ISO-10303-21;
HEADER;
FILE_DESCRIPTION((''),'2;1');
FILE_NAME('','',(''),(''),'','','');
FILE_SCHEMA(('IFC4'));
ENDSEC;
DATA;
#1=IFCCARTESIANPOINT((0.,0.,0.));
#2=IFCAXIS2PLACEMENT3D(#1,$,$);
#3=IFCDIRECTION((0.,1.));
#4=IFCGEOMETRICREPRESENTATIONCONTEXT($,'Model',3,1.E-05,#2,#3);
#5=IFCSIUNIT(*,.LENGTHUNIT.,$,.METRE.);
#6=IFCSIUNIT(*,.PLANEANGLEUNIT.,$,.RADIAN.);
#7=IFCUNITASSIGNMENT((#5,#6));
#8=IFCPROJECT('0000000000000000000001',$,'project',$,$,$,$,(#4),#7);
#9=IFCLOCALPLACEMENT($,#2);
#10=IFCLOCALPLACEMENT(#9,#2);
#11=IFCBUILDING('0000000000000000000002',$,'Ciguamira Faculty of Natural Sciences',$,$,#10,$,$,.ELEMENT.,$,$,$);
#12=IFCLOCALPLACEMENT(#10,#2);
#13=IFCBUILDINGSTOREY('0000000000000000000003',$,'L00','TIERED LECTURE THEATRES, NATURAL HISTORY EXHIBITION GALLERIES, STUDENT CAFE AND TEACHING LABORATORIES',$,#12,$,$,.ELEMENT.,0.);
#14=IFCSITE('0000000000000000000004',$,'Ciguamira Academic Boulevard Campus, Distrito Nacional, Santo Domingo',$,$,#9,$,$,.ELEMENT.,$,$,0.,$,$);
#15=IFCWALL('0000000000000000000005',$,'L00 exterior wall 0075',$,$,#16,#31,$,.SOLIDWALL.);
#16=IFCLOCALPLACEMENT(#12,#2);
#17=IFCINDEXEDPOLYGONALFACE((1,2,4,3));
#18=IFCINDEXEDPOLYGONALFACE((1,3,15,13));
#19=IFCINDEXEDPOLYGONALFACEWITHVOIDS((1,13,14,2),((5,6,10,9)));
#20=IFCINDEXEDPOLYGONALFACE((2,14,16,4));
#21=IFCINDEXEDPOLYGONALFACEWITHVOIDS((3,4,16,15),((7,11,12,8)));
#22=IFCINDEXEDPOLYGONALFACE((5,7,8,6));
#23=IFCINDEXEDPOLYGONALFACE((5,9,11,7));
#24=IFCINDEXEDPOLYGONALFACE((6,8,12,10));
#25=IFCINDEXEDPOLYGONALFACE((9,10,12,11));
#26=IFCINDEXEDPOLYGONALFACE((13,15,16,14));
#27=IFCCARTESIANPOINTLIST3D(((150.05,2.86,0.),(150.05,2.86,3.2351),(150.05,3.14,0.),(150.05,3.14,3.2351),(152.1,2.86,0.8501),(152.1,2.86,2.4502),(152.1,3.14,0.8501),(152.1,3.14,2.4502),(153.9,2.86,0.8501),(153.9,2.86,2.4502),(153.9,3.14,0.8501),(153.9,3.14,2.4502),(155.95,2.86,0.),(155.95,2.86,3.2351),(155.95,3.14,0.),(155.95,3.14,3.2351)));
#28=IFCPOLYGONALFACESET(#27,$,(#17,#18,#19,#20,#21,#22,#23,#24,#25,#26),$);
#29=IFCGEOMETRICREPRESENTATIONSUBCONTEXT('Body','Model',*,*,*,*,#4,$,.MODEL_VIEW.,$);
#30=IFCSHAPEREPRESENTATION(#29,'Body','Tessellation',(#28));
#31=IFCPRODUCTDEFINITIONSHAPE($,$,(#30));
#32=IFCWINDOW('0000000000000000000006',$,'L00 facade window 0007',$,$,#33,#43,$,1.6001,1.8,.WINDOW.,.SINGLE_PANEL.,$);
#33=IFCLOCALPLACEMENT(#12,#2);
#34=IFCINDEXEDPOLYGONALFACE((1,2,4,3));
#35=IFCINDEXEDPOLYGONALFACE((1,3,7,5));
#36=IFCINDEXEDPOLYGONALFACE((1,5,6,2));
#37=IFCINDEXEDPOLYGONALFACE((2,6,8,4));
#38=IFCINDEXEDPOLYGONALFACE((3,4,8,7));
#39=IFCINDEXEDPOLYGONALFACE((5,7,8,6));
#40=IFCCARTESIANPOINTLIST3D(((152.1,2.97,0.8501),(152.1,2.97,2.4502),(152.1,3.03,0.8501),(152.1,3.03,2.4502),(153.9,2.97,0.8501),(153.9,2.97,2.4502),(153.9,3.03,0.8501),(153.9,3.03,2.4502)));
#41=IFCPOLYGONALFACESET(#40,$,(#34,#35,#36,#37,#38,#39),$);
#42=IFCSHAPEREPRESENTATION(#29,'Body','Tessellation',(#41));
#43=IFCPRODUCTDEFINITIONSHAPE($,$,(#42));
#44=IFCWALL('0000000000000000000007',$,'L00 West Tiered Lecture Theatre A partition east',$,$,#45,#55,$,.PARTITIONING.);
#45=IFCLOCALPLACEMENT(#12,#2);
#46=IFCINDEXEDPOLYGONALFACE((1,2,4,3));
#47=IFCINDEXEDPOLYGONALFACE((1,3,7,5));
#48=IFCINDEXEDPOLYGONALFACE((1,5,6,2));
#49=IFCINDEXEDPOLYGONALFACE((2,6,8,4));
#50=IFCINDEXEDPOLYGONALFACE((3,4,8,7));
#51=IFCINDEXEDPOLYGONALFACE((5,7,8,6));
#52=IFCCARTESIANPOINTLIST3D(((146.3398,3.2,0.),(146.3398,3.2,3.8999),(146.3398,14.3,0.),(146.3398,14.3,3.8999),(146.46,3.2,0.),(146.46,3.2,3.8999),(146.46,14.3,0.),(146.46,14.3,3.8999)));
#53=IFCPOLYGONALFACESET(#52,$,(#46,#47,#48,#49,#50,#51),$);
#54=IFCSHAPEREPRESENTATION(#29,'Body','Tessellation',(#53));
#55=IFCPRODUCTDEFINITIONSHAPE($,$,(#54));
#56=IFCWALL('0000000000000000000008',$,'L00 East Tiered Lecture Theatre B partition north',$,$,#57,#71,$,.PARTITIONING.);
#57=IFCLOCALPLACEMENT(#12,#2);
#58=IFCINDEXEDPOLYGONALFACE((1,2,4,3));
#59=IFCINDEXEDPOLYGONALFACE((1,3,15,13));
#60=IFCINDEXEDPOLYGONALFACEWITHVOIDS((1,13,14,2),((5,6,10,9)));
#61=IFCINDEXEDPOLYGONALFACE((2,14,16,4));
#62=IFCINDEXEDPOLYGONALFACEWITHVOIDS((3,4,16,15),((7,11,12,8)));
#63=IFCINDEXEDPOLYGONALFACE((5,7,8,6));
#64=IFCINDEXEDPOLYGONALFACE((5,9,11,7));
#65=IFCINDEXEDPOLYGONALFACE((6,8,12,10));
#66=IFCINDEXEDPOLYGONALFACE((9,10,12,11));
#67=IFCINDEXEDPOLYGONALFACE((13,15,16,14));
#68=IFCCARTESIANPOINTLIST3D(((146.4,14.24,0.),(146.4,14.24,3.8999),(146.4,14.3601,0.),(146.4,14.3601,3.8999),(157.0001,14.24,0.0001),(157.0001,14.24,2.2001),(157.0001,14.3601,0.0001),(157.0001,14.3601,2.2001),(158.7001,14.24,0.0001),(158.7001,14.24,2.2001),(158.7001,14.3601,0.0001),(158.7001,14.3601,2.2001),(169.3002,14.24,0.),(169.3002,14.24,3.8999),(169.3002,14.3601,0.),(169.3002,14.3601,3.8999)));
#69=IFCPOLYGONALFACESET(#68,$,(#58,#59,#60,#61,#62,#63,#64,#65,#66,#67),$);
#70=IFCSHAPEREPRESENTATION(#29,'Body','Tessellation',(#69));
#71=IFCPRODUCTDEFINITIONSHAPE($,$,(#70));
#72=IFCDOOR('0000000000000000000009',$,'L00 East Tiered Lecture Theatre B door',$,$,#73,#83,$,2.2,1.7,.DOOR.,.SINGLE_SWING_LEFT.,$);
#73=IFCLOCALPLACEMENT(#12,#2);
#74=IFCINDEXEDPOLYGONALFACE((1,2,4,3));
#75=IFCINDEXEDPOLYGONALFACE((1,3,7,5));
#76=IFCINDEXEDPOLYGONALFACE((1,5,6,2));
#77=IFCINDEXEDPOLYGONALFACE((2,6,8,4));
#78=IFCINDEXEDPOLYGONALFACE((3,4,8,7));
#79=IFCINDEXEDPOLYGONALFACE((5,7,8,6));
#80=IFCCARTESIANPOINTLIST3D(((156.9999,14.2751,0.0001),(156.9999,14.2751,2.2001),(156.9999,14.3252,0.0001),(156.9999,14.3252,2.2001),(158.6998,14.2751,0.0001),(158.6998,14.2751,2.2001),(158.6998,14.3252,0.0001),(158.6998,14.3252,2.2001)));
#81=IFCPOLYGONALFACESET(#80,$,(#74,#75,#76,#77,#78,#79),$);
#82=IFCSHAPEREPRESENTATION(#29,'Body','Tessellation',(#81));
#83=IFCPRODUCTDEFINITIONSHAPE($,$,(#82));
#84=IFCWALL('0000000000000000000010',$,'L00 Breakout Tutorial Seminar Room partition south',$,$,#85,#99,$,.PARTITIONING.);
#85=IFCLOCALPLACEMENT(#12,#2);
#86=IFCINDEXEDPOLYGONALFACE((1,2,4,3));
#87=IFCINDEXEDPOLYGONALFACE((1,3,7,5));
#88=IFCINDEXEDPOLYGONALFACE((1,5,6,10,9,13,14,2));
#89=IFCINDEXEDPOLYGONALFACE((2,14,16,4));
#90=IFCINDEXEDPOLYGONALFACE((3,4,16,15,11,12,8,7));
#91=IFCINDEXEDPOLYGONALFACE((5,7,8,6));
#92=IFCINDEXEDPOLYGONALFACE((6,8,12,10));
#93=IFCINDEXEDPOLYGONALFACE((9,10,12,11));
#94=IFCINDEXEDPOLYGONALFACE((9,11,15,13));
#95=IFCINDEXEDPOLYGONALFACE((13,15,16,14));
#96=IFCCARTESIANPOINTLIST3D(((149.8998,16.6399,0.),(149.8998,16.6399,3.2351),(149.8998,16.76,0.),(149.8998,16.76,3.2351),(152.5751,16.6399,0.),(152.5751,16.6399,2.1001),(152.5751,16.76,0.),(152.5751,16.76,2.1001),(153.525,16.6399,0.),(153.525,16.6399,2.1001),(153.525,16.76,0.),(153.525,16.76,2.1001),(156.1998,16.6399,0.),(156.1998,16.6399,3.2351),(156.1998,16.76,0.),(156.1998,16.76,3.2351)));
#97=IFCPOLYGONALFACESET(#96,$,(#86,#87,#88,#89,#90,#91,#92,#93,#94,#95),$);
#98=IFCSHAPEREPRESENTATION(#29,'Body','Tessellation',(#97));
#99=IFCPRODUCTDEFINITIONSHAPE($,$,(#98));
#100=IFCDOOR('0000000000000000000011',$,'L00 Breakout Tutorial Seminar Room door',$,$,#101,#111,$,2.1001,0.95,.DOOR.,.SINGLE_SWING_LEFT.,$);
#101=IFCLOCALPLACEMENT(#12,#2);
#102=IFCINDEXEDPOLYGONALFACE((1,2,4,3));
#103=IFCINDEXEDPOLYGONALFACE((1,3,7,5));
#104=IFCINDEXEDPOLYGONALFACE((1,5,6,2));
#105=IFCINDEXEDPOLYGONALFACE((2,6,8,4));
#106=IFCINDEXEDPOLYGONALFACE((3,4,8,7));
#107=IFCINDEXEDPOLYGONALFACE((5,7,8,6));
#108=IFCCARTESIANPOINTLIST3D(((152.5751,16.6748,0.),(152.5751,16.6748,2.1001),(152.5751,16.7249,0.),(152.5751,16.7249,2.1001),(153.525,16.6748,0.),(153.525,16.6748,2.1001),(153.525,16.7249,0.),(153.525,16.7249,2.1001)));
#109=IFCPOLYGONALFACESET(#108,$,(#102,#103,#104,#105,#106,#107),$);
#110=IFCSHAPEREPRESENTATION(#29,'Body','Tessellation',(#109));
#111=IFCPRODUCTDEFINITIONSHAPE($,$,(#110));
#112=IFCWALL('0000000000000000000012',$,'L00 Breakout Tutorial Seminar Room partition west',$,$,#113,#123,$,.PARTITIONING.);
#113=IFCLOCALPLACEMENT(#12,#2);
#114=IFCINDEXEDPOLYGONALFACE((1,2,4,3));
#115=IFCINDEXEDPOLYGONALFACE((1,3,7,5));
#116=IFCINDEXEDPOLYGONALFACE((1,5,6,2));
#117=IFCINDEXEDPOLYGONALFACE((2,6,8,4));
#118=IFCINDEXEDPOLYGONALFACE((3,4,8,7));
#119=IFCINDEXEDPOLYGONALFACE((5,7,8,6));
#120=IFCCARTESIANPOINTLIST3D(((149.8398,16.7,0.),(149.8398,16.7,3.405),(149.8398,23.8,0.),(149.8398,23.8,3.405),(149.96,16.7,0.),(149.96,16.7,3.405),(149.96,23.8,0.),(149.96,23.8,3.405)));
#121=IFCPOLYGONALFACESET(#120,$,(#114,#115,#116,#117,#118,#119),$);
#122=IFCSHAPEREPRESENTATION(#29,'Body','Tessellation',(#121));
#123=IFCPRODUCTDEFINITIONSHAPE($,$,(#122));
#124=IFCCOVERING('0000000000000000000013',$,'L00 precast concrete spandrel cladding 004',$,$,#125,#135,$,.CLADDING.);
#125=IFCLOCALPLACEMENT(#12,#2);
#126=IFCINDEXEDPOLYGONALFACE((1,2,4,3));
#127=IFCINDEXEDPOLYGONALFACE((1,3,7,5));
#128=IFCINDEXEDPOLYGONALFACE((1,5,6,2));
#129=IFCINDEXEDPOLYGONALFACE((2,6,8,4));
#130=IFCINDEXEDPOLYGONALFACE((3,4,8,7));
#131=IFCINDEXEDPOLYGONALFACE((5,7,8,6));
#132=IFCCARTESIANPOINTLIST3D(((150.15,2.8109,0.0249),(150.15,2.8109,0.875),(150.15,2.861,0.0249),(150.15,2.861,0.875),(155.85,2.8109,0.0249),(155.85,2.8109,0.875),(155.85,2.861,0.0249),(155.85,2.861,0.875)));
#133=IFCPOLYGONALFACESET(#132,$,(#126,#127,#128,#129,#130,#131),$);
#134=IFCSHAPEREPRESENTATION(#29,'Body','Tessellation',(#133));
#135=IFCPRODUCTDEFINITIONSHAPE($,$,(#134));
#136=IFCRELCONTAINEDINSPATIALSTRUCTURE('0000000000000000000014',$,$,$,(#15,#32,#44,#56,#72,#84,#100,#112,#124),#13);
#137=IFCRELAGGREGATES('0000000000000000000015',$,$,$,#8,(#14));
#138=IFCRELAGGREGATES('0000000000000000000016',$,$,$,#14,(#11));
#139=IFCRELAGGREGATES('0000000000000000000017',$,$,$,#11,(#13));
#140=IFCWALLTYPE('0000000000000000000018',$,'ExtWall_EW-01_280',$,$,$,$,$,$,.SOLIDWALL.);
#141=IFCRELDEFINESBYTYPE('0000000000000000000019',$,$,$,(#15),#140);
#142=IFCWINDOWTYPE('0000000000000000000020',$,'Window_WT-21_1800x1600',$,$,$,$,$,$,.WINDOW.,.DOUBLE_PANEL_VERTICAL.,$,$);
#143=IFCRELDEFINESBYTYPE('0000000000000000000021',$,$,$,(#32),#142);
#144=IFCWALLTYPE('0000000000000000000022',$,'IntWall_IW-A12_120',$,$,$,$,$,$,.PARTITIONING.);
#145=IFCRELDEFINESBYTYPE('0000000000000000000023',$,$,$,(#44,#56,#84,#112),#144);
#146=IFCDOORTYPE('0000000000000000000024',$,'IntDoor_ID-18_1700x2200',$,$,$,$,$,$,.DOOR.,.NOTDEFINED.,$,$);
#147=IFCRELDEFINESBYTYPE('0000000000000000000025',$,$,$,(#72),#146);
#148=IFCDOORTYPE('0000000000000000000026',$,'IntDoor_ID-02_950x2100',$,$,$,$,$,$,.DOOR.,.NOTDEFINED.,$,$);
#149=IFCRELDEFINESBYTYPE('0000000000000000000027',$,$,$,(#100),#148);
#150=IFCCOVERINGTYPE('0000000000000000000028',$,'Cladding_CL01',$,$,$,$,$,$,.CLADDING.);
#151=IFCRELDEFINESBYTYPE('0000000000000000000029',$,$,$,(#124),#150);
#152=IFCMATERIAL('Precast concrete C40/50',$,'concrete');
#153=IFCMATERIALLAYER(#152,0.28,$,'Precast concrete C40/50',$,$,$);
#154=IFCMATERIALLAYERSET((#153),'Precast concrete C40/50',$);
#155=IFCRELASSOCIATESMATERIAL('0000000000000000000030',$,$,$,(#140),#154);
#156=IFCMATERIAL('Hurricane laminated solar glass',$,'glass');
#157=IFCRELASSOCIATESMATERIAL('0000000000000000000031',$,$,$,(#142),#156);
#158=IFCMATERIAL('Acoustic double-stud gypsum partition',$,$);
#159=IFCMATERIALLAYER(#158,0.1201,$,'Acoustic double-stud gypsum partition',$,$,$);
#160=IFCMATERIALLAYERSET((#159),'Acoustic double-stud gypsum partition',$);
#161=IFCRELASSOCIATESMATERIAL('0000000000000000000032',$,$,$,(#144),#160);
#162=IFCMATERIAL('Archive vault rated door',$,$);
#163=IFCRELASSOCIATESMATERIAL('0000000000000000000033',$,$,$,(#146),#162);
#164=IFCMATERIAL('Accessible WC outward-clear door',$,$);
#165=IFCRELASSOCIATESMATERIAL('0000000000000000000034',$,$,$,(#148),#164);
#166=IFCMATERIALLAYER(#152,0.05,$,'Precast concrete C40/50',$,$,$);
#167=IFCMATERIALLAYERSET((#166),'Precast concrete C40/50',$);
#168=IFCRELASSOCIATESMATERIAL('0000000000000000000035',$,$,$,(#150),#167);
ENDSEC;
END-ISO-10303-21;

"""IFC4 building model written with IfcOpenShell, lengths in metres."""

from ifc_helpers import new_model, si_unit, direction, frame, frame_2d, origin, origin_2d, place, context, subcontext, project, spatial, rectangle, extrude, material, layer, layer_set, type_object, element, fill, save


model = new_model("IFC4")

# Units and contexts
model_context = context("Model", 3, precision=1e-05, world=origin(), true_north=direction((0.0, 1.0)))
body_context = subcontext(model_context, "Body", "Model", "MODEL_VIEW")
ifc_project = project(units=[si_unit("LENGTHUNIT", "METRE"), si_unit("PLANEANGLEUNIT", "RADIAN")], contexts=[model_context])

# Site, building, storey
site_placement = place(None, origin())
site = spatial("IfcSite", under=ifc_project, at=site_placement, Name="Ciguamira Academic Boulevard Campus, Distrito Nacional, Santo Domingo", CompositionType="ELEMENT", RefElevation=0.0)
building_placement = place(site_placement, origin())
building = spatial("IfcBuilding", under=site, at=building_placement, Name="Ciguamira Faculty of Natural Sciences", CompositionType="ELEMENT")
storey_placement = place(building_placement, origin())
storey = spatial("IfcBuildingStorey", under=building, at=storey_placement, Name="L00", Description="TIERED LECTURE THEATRES, NATURAL HISTORY EXHIBITION GALLERIES, STUDENT CAFE AND TEACHING LABORATORIES", CompositionType="ELEMENT", Elevation=0.0)

# Wall, opening, window
ifc_material_1 = material(Name="Precast concrete C40/50", Category="concrete")
ifc_layer_1 = layer(ifc_material_1, 0.28, Name="Precast concrete C40/50")
ifc_layer_set_1 = layer_set([ifc_layer_1], Name="Precast concrete C40/50")
wall_type_1 = type_object("IfcWallType", Name="ExtWall_EW-01_280", PredefinedType="SOLIDWALL", material=ifc_layer_set_1)
ifc_material_2 = material(Name="Hurricane laminated solar glass", Category="glass")
wall_1_placement = place(storey_placement, frame((150.05, 3.0, 0.0), z_axis=(0.0, 0.0, 1.0), x_axis=(1.0, 0.0, 0.0)))
wall_1 = element("IfcWall", 1, at=wall_1_placement, inside=storey, type_object=wall_type_1, Name="L00 exterior wall 0075", PredefinedType="SOLIDWALL", context=body_context, shape_type="SweptSolid", body=[
    extrude(rectangle(XDim=5.8999, YDim=0.28, at=frame_2d((2.95, 0.0))), origin(), (0.0, 0.0, 1.0), 3.2351),
])
opening_1_placement = place(wall_1_placement, frame((2.05, 0.0, 0.8501)))
opening_1 = element("IfcOpeningElement", 2, at=opening_1_placement, cuts=wall_1, PredefinedType="OPENING", context=body_context, shape_type="SweptSolid", body=[
    extrude(rectangle(XDim=1.8, YDim=1.6001, at=frame_2d((0.8999, 0.8))), frame((0.0, 0.1499, 0.0), z_axis=(0.0, -1.0, 0.0), x_axis=(1.0, 0.0, 0.0)), (0.0, 0.0, 1.0), 0.3),
])
window_type_1 = type_object("IfcWindowType", Name="Window_WT-21_1800x1600", PartitioningType="DOUBLE_PANEL_VERTICAL", PredefinedType="WINDOW", material=ifc_material_2)
window_1_placement = place(opening_1_placement, origin())
window_1 = element("IfcWindow", 3, at=window_1_placement, inside=storey, type_object=window_type_1, Name="L00 facade window 0007", OverallHeight=1.6001, OverallWidth=1.8, PartitioningType="SINGLE_PANEL", PredefinedType="WINDOW", context=body_context, shape_type="SweptSolid", body=[
    extrude(rectangle(XDim=1.8, YDim=1.6001, at=frame_2d((0.8999, 0.8))), frame((0.0, 0.03, 0.0), z_axis=(0.0, -1.0, 0.0), x_axis=(1.0, 0.0, 0.0)), (0.0, 0.0, 1.0), 0.0601),
])
fill(opening_1, window_1)

# Wall
ifc_material_3 = material(Name="Acoustic double-stud gypsum partition")
ifc_layer_2 = layer(ifc_material_3, 0.1201, Name="Acoustic double-stud gypsum partition")
ifc_layer_set_2 = layer_set([ifc_layer_2], Name="Acoustic double-stud gypsum partition")
wall_type_2 = type_object("IfcWallType", Name="IntWall_IW-A12_120", PredefinedType="PARTITIONING", material=ifc_layer_set_2)
wall_2_placement = place(storey_placement, frame((146.3999, 3.2, 0.0), z_axis=(0.0, 0.0, 1.0), x_axis=(0.0, 1.0, 0.0)))
element("IfcWall", 4, at=wall_2_placement, inside=storey, type_object=wall_type_2, Name="L00 West Tiered Lecture Theatre A partition east", PredefinedType="PARTITIONING", context=body_context, shape_type="SweptSolid", body=[
    extrude(rectangle(XDim=11.1001, YDim=0.1201, at=frame_2d((5.55, 0.0))), origin(), (0.0, 0.0, 1.0), 3.8999),
])

# Walls, openings, doors
wall_3_placement = place(storey_placement, frame((146.3999, 14.3, 0.0), z_axis=(0.0, 0.0, 1.0), x_axis=(1.0, 0.0, 0.0)))
wall_3 = element("IfcWall", 5, at=wall_3_placement, inside=storey, type_object=wall_type_2, Name="L00 East Tiered Lecture Theatre B partition north", PredefinedType="PARTITIONING", context=body_context, shape_type="SweptSolid", body=[
    extrude(rectangle(XDim=22.9001, YDim=0.1201, at=frame_2d((11.4502, 0.0))), origin(), (0.0, 0.0, 1.0), 3.8999),
])
opening_2_placement = place(wall_3_placement, frame((10.6001, 0.0, 0.0)))
opening_2 = element("IfcOpeningElement", 6, at=opening_2_placement, cuts=wall_3, PredefinedType="OPENING", context=body_context, shape_type="SweptSolid", body=[
    extrude(rectangle(XDim=1.7, YDim=2.2, at=frame_2d((0.8501, 1.1001))), frame((0.0, 0.0701, 0.0), z_axis=(0.0, -1.0, 0.0), x_axis=(1.0, 0.0, 0.0)), (0.0, 0.0, 1.0), 0.1401),
])
ifc_material_4 = material(Name="Archive vault rated door")
door_type_1 = type_object("IfcDoorType", Name="IntDoor_ID-18_1700x2200", OperationType="NOTDEFINED", PredefinedType="DOOR", material=ifc_material_4)
door_1_placement = place(opening_2_placement, frame((1.7, 0.0, 0.0), z_axis=(0.0, 0.0, 1.0), x_axis=(-1.0, 0.0, 0.0)))
door_1 = element("IfcDoor", 7, at=door_1_placement, inside=storey, type_object=door_type_1, Name="L00 East Tiered Lecture Theatre B door", OperationType="SINGLE_SWING_LEFT", OverallHeight=2.2, OverallWidth=1.7, PredefinedType="DOOR", context=body_context, shape_type="SweptSolid", body=[
    extrude(rectangle(XDim=1.7, YDim=2.2, at=frame_2d((0.8501, 1.1001))), frame((0.0, 0.0249, 0.0), z_axis=(0.0, -1.0, 0.0), x_axis=(1.0, 0.0, 0.0)), (0.0, 0.0, 1.0), 0.05),
])
fill(opening_2, door_1)
wall_4_placement = place(storey_placement, frame((149.8999, 16.7, 0.0), z_axis=(0.0, 0.0, 1.0), x_axis=(1.0, 0.0, 0.0)))
wall_4 = element("IfcWall", 8, at=wall_4_placement, inside=storey, type_object=wall_type_2, Name="L00 Breakout Tutorial Seminar Room partition south", PredefinedType="PARTITIONING", context=body_context, shape_type="SweptSolid", body=[
    extrude(rectangle(XDim=6.3, YDim=0.1201, at=frame_2d((3.1499, 0.0))), origin(), (0.0, 0.0, 1.0), 3.2351),
])
opening_3_placement = place(wall_4_placement, frame((2.675, 0.0, 0.0)))
opening_3 = element("IfcOpeningElement", 9, at=opening_3_placement, cuts=wall_4, PredefinedType="OPENING", context=body_context, shape_type="SweptSolid", body=[
    extrude(rectangle(XDim=0.95, YDim=2.1001, at=frame_2d((0.4751, 1.05))), frame((0.0, 0.0701, 0.0), z_axis=(0.0, -1.0, 0.0), x_axis=(1.0, 0.0, 0.0)), (0.0, 0.0, 1.0), 0.1401),
])
ifc_material_5 = material(Name="Accessible WC outward-clear door")
door_type_2 = type_object("IfcDoorType", Name="IntDoor_ID-02_950x2100", OperationType="NOTDEFINED", PredefinedType="DOOR", material=ifc_material_5)
door_2_placement = place(opening_3_placement, origin())
door_2 = element("IfcDoor", 10, at=door_2_placement, inside=storey, type_object=door_type_2, Name="L00 Breakout Tutorial Seminar Room door", OperationType="SINGLE_SWING_LEFT", OverallHeight=2.1001, OverallWidth=0.95, PredefinedType="DOOR", context=body_context, shape_type="SweptSolid", body=[
    extrude(rectangle(XDim=0.95, YDim=2.1001, at=frame_2d((0.4751, 1.05))), frame((0.0, 0.0249, 0.0), z_axis=(0.0, -1.0, 0.0), x_axis=(1.0, 0.0, 0.0)), (0.0, 0.0, 1.0), 0.05),
])
fill(opening_3, door_2)

# Wall
wall_5_placement = place(storey_placement, frame((149.8999, 16.7, 0.0), z_axis=(0.0, 0.0, 1.0), x_axis=(0.0, 1.0, 0.0)))
element("IfcWall", 11, at=wall_5_placement, inside=storey, type_object=wall_type_2, Name="L00 Breakout Tutorial Seminar Room partition west", PredefinedType="PARTITIONING", context=body_context, shape_type="SweptSolid", body=[
    extrude(rectangle(XDim=7.1001, YDim=0.1201, at=frame_2d((3.55, 0.0))), origin(), (0.0, 0.0, 1.0), 3.405),
])

# Covering
ifc_layer_3 = layer(ifc_material_1, 0.05, Name="Precast concrete C40/50")
ifc_layer_set_3 = layer_set([ifc_layer_3], Name="Precast concrete C40/50")
covering_type = type_object("IfcCoveringType", Name="Cladding_CL01", PredefinedType="CLADDING", material=ifc_layer_set_3)
covering_placement = place(storey_placement, frame((153.0, 2.8359, 0.0249), z_axis=(0.0, 0.0, 1.0), x_axis=(1.0, 0.0, 0.0)))
element("IfcCovering", 12, at=covering_placement, inside=storey, type_object=covering_type, Name="L00 precast concrete spandrel cladding 004", PredefinedType="CLADDING", context=body_context, shape_type="SweptSolid", body=[
    extrude(rectangle(XDim=5.7, YDim=0.05, at=origin_2d()), origin(), (0.0, 0.0, 1.0), 0.8501),
])

save(model, "model.ifc")
